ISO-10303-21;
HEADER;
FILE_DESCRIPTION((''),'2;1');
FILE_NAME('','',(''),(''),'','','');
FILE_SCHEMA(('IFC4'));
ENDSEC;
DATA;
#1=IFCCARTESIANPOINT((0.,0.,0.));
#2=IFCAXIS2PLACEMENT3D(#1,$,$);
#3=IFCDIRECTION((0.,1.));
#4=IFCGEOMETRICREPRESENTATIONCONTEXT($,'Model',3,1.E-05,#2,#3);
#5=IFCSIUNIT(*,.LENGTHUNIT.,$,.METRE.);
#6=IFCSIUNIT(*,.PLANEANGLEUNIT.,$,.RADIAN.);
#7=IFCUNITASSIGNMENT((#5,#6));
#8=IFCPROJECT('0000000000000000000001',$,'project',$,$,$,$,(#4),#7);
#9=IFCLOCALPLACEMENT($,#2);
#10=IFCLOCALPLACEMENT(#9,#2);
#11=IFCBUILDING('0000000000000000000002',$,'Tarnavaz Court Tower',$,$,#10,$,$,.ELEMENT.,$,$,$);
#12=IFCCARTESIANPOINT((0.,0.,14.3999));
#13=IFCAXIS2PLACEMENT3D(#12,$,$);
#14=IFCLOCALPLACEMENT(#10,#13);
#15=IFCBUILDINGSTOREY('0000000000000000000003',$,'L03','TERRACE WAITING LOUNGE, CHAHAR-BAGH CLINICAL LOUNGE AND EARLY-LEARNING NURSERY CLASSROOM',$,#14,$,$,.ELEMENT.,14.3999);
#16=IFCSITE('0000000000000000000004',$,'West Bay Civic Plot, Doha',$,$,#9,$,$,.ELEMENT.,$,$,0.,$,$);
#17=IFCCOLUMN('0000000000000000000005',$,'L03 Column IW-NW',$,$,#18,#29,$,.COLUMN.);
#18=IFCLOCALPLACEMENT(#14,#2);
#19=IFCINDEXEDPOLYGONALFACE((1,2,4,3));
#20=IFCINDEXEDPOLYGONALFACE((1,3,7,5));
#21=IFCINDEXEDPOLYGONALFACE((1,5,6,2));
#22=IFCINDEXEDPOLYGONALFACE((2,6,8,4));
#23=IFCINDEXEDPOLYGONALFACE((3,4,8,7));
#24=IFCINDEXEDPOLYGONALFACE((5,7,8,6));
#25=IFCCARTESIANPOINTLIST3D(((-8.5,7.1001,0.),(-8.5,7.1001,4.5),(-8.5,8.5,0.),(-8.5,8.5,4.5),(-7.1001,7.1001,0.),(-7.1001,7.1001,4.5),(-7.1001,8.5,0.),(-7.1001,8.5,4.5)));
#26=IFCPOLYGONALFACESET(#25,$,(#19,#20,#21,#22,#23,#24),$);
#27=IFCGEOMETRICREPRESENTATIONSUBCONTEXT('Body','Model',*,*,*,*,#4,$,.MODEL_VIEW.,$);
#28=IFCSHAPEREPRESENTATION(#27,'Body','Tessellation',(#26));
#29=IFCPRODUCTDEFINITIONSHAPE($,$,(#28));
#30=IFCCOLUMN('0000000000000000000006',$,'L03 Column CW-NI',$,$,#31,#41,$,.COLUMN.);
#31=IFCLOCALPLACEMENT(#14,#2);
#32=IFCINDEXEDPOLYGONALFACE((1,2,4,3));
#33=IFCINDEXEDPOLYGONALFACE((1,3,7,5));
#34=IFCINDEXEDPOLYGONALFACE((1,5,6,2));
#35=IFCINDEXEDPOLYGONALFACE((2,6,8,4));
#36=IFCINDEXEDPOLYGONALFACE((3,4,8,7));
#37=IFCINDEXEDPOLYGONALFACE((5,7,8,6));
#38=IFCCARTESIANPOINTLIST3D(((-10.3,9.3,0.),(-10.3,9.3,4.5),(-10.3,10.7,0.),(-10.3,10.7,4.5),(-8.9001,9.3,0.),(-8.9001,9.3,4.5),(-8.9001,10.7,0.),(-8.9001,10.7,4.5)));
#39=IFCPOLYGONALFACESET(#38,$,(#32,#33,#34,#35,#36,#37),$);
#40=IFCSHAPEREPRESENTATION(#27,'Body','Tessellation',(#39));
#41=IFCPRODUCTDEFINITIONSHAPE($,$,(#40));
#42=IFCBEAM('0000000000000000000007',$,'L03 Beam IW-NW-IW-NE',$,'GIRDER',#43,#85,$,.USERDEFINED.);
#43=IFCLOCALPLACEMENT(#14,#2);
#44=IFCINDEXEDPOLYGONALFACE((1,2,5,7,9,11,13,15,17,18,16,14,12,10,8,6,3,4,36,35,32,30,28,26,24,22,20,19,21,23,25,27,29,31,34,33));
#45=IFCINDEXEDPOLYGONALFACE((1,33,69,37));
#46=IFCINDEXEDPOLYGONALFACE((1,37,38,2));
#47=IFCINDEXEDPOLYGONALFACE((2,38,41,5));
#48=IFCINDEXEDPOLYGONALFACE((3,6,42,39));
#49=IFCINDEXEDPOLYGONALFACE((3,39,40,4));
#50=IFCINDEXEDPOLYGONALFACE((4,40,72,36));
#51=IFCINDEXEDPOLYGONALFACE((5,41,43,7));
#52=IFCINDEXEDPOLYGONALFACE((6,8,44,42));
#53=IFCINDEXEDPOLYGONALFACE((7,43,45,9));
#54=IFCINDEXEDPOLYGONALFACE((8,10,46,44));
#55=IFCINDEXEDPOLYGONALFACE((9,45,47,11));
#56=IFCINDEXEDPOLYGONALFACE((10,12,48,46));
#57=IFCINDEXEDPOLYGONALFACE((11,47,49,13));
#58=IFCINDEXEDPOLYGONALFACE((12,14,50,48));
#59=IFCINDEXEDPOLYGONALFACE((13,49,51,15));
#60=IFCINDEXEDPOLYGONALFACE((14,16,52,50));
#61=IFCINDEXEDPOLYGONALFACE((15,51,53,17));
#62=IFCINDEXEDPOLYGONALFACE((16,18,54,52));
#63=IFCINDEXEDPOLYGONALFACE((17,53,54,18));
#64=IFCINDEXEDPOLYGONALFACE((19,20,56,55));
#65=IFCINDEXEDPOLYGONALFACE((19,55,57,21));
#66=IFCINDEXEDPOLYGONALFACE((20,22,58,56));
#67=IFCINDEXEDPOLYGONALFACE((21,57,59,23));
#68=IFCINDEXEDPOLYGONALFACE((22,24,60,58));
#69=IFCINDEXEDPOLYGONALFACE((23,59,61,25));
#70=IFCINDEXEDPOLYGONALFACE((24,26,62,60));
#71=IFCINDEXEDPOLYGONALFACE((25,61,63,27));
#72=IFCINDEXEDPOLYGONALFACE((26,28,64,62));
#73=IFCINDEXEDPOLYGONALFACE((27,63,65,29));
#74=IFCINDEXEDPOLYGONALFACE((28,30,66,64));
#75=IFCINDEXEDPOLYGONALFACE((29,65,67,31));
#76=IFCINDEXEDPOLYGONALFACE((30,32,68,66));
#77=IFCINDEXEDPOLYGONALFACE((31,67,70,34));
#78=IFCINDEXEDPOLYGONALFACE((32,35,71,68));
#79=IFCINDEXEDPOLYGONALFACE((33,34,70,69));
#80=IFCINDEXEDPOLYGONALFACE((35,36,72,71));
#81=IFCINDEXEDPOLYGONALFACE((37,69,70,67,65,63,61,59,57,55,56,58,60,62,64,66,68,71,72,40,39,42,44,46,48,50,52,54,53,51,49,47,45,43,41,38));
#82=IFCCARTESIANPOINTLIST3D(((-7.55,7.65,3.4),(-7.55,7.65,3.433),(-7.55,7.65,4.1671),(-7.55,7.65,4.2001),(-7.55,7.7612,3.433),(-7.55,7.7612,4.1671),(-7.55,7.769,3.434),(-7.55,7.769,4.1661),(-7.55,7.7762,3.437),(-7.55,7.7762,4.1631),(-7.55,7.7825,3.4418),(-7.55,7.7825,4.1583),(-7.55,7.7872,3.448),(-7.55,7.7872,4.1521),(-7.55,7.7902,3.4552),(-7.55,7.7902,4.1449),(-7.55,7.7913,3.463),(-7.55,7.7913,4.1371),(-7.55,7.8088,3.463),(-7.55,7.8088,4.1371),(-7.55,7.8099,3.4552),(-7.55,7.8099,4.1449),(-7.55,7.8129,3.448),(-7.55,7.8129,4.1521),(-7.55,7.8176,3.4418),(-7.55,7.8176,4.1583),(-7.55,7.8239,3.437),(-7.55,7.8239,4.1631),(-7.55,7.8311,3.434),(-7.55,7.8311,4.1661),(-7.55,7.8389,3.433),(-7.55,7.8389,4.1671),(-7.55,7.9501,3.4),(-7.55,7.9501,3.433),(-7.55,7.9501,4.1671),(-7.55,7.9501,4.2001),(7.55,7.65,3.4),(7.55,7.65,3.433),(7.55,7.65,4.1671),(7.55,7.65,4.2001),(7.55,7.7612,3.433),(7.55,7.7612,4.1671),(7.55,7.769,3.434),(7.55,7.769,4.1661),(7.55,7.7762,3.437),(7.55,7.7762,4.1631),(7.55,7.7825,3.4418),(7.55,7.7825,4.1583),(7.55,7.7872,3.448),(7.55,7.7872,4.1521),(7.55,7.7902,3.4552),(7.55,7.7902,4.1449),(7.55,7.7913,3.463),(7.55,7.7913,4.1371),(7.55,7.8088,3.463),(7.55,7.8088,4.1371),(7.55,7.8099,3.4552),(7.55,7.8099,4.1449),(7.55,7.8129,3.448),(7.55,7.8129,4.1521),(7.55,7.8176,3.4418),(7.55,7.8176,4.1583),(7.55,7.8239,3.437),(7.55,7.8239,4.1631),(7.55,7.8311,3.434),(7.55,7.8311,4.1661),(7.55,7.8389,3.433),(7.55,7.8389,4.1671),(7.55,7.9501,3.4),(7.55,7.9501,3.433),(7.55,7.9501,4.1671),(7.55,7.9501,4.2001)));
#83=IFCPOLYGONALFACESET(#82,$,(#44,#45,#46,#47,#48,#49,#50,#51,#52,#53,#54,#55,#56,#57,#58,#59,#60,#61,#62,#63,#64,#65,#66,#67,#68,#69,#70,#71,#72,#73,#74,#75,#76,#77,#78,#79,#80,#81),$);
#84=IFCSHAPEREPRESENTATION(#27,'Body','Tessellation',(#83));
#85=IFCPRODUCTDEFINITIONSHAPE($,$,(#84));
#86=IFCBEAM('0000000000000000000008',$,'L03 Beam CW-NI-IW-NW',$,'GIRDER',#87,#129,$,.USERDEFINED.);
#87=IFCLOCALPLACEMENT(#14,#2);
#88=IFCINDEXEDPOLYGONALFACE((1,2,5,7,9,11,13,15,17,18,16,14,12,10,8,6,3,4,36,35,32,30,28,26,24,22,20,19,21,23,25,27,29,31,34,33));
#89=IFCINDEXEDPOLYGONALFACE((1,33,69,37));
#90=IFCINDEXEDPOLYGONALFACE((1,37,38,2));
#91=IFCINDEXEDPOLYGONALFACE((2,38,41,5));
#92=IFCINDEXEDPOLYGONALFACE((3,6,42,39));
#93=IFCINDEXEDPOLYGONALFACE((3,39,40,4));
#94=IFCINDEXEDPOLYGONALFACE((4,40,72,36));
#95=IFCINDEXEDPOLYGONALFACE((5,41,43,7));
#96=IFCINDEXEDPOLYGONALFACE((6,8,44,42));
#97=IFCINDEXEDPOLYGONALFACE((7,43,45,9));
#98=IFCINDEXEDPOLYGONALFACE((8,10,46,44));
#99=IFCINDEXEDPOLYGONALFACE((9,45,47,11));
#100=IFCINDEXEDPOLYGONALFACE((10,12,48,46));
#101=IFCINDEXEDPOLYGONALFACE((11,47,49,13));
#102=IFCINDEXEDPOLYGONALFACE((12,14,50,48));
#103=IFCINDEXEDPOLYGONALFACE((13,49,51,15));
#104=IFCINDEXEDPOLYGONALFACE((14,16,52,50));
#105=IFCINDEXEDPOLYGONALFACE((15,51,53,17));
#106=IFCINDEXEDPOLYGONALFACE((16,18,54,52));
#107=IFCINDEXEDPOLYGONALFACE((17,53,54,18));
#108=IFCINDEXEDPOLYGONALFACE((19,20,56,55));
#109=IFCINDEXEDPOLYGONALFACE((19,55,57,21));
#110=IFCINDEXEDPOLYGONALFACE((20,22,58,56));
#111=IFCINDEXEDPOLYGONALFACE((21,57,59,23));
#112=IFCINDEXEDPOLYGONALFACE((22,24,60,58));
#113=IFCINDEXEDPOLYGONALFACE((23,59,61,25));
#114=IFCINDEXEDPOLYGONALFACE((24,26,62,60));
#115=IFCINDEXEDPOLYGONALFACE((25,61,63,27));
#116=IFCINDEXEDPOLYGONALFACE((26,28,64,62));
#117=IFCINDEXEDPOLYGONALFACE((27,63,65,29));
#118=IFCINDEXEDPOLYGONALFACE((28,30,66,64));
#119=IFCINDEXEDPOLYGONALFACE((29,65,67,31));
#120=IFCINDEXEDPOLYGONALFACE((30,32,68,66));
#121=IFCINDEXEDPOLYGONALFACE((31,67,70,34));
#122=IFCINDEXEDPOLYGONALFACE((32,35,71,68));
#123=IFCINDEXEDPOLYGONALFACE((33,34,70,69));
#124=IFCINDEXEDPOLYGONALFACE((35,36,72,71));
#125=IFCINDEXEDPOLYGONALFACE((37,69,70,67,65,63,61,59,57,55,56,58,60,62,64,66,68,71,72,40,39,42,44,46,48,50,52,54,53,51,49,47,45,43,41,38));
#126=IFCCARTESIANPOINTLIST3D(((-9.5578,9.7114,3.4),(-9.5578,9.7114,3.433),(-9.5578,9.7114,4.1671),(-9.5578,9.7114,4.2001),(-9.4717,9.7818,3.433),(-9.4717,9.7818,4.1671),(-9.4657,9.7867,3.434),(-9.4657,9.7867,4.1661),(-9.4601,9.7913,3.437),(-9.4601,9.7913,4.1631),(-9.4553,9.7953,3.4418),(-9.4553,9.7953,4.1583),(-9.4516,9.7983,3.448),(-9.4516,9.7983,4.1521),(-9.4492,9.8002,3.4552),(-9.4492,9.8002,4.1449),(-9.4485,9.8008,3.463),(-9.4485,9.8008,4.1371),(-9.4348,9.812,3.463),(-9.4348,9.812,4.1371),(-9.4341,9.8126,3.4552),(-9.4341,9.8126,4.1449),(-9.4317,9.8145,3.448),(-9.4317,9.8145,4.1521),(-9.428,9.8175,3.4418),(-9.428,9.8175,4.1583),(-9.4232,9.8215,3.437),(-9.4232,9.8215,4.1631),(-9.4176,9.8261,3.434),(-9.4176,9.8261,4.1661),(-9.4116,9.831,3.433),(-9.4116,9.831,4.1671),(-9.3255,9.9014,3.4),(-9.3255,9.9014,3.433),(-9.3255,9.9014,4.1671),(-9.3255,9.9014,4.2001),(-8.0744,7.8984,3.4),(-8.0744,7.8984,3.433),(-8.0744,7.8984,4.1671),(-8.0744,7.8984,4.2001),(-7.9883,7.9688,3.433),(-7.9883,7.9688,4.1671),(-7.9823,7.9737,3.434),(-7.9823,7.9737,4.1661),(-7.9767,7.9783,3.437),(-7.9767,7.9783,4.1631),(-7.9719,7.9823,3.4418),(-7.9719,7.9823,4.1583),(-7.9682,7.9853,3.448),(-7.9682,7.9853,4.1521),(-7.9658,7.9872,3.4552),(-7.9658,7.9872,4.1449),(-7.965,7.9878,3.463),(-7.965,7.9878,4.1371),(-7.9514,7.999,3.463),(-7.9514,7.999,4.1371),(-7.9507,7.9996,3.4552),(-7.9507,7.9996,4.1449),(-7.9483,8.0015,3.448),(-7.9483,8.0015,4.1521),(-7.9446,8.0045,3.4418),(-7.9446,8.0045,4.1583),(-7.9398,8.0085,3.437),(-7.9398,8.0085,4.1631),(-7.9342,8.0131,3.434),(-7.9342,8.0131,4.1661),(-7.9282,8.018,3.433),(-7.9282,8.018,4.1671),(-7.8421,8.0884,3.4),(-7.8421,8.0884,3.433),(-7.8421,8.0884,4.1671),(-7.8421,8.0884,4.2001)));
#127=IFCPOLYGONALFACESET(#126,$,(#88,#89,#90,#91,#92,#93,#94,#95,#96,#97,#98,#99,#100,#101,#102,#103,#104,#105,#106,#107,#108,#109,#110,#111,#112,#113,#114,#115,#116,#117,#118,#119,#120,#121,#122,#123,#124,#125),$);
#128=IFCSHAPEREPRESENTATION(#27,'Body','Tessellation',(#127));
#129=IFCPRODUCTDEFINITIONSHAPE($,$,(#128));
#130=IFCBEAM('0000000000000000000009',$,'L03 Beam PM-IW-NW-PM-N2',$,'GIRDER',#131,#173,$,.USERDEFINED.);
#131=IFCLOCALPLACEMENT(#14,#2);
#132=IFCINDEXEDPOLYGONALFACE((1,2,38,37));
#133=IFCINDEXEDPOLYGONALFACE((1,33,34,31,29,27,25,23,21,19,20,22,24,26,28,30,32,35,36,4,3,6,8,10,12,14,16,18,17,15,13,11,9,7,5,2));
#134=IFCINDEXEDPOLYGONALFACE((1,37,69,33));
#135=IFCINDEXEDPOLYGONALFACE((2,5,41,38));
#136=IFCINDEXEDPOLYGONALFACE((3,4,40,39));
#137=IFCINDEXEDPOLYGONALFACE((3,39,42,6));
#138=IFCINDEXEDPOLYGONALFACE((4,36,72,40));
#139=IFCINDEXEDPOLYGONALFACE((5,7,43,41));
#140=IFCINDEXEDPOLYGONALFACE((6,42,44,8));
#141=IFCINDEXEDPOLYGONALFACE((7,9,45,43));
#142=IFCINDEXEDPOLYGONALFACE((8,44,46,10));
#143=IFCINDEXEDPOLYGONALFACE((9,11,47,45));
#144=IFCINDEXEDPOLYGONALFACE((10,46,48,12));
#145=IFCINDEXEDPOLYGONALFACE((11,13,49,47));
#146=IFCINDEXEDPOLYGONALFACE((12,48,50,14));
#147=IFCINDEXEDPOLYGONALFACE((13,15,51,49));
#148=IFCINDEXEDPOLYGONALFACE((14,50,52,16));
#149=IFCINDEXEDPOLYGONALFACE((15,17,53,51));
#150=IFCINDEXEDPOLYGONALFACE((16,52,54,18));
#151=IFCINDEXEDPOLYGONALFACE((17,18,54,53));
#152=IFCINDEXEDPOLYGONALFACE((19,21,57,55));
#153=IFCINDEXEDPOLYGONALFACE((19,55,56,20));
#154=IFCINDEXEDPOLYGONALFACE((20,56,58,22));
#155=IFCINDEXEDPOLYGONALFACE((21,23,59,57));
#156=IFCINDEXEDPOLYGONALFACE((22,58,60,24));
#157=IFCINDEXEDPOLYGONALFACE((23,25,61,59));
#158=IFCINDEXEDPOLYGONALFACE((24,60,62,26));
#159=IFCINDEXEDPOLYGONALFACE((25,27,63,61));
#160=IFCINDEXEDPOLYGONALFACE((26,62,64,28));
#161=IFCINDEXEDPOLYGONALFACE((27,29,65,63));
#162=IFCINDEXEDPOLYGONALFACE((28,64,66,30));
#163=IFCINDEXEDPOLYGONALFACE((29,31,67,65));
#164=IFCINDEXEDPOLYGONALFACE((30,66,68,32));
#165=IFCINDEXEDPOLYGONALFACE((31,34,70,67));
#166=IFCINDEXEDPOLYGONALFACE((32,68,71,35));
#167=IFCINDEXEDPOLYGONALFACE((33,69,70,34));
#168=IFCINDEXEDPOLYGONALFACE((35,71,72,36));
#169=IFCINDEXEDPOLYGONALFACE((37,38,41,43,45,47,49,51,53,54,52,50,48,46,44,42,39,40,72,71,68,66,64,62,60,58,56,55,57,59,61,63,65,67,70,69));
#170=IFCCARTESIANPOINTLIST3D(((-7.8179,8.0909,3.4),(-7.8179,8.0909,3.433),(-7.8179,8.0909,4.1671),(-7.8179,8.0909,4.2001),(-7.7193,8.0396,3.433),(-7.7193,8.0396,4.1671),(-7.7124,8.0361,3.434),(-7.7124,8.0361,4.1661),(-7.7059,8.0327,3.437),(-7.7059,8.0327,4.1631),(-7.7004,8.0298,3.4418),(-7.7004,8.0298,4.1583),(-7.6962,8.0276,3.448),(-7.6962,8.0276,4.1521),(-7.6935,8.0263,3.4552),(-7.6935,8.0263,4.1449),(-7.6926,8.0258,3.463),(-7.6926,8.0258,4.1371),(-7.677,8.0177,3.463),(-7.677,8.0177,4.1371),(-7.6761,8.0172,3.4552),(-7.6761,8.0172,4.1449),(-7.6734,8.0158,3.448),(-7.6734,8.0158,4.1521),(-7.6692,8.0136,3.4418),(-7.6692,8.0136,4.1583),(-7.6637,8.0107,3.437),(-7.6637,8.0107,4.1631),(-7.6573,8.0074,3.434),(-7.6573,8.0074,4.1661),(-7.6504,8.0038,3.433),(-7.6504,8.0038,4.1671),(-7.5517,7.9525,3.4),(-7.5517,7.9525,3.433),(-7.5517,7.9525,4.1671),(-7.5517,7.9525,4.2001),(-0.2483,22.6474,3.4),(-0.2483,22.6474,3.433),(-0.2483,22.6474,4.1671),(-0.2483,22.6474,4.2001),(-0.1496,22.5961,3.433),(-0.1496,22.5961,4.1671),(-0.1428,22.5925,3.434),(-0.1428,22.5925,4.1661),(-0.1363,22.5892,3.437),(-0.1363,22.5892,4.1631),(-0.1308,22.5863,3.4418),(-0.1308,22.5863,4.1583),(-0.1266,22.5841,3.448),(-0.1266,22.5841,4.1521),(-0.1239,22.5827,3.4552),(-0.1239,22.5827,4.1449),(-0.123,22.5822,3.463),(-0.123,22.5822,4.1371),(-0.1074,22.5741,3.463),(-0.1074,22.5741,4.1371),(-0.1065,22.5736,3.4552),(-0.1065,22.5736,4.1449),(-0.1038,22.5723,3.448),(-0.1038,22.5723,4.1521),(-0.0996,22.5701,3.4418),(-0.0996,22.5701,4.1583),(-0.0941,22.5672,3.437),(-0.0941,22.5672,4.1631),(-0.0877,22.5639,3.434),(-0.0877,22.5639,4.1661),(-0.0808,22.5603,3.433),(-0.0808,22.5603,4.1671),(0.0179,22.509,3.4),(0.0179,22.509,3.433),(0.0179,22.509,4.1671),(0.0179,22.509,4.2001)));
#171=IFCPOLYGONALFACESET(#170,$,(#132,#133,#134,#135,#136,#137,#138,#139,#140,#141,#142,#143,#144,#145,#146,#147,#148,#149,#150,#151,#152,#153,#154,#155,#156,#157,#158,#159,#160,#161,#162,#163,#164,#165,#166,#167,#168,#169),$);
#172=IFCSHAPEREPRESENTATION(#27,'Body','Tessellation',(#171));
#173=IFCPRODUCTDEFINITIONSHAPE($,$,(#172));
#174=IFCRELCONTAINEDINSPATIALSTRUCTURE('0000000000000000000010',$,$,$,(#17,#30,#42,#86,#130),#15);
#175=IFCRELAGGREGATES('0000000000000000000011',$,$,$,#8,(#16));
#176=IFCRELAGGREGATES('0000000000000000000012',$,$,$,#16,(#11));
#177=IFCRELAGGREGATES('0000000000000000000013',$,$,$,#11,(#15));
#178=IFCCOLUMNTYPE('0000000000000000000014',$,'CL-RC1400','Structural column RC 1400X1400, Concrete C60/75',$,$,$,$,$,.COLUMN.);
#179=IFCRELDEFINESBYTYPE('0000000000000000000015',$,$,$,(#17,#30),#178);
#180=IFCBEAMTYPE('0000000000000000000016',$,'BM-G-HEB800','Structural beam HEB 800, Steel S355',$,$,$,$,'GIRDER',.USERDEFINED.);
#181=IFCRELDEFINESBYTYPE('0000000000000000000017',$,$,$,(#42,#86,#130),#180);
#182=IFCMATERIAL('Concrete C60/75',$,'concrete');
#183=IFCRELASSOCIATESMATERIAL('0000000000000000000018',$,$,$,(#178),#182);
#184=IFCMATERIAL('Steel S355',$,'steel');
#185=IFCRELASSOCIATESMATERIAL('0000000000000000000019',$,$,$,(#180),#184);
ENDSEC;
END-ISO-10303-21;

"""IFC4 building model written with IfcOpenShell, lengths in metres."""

from ifc_helpers import new_model, si_unit, direction, frame, origin, origin_2d, place, context, subcontext, project, spatial, rectangle, i_section, extrude, material, material_profile, profile_set, type_object, element, save


model = new_model("IFC4")

# Units and contexts
model_context = context("Model", 3, precision=1e-05, world=origin(), true_north=direction((0.0, 1.0)))
body_context = subcontext(model_context, "Body", "Model", "MODEL_VIEW")
ifc_project = project(units=[si_unit("LENGTHUNIT", "METRE"), si_unit("PLANEANGLEUNIT", "RADIAN")], contexts=[model_context])

# Site, building, storey
site_placement = place(None, origin())
site = spatial("IfcSite", under=ifc_project, at=site_placement, Name="West Bay Civic Plot, Doha", CompositionType="ELEMENT", RefElevation=0.0)
building_placement = place(site_placement, origin())
building = spatial("IfcBuilding", under=site, at=building_placement, Name="Tarnavaz Court Tower", CompositionType="ELEMENT")
storey_placement = place(building_placement, frame((0.0, 0.0, 14.3999)))
storey = spatial("IfcBuildingStorey", under=building, at=storey_placement, Name="L03", Description="TERRACE WAITING LOUNGE, CHAHAR-BAGH CLINICAL LOUNGE AND EARLY-LEARNING NURSERY CLASSROOM", CompositionType="ELEMENT", Elevation=14.3999)

# Columns
ifc_material_1 = material(Name="Concrete C60/75", Category="concrete")
ifc_material_profile_1 = material_profile(ifc_material_1, rectangle(XDim=1.3999, YDim=1.3999, at=origin_2d()), Name="RC 1400X1400")
ifc_profile_set_1 = profile_set([ifc_material_profile_1], Name="Concrete C60/75")
column_type = type_object("IfcColumnType", Name="CL-RC1400", Description="Structural column RC 1400X1400, Concrete C60/75", PredefinedType="COLUMN", material=ifc_profile_set_1)
for number, where, z_axis, x_axis, name in (
    (1, (-7.8, 7.8, 0.0), (0.0, 0.0, 1.0), (1.0, 0.0, 0.0), "L03 Column IW-NW"),
    (2, (-9.6001, 10.0, 0.0), (0.0, 0.0, 1.0), (1.0, 0.0, 0.0), "L03 Column CW-NI"),
):
    element("IfcColumn", number, at=place(storey_placement, frame(where, z_axis=z_axis, x_axis=x_axis)), inside=storey, type_object=column_type, Name=name, PredefinedType="COLUMN", context=body_context, shape_type="SweptSolid", body=[
        extrude(rectangle(XDim=1.3999, YDim=1.3999, at=origin_2d()), origin(), (0.0, 0.0, 1.0), 4.5),
    ])

# Beams
ifc_material_2 = material(Name="Steel S355", Category="steel")
ifc_material_profile_2 = material_profile(ifc_material_2, i_section(OverallWidth=0.3, OverallDepth=0.8, WebThickness=0.0176, FlangeThickness=0.033, FilletRadius=0.03, at=origin_2d()), Name="HEB 800")
ifc_profile_set_2 = profile_set([ifc_material_profile_2], Name="Steel S355")
beam_type = type_object("IfcBeamType", Name="BM-G-HEB800", Description="Structural beam HEB 800, Steel S355", ElementType="GIRDER", PredefinedType="USERDEFINED", material=ifc_profile_set_2)
beam_1_placement = place(storey_placement, frame((-7.55, 7.8, 3.8), z_axis=(1.0, 0.0, 0.0), x_axis=(0.0, 1.0, 0.0)))
element("IfcBeam", 3, at=beam_1_placement, inside=storey, type_object=beam_type, Name="L03 Beam IW-NW-IW-NE", ObjectType="GIRDER", PredefinedType="USERDEFINED", context=body_context, shape_type="SweptSolid", body=[
    extrude(i_section(OverallWidth=0.3, OverallDepth=0.8, WebThickness=0.0176, FlangeThickness=0.033, FilletRadius=0.03, at=origin_2d()), origin(), (0.0, 0.0, 1.0), 15.1001),
])
beam_2_placement = place(storey_placement, frame((-9.4417, 9.8064, 3.8), z_axis=(0.633249, -0.773948, 0.0), x_axis=(0.773948, 0.633249, 0.0)))
element("IfcBeam", 4, at=beam_2_placement, inside=storey, type_object=beam_type, Name="L03 Beam CW-NI-IW-NW", ObjectType="GIRDER", PredefinedType="USERDEFINED", context=body_context, shape_type="SweptSolid", body=[
    extrude(i_section(OverallWidth=0.3, OverallDepth=0.8, WebThickness=0.0176, FlangeThickness=0.033, FilletRadius=0.03, at=origin_2d()), origin(), (0.0, 0.0, 1.0), 2.3425),
])
beam_3_placement = place(storey_placement, frame((-7.6848, 8.0217, 3.8), z_axis=(0.461365, 0.88721, 0.0), x_axis=(-0.88721, 0.461365, 0.0)))
element("IfcBeam", 5, at=beam_3_placement, inside=storey, type_object=beam_type, Name="L03 Beam PM-IW-NW-PM-N2", ObjectType="GIRDER", PredefinedType="USERDEFINED", context=body_context, shape_type="SweptSolid", body=[
    extrude(i_section(OverallWidth=0.3, OverallDepth=0.8, WebThickness=0.0176, FlangeThickness=0.033, FilletRadius=0.03, at=origin_2d()), origin(), (0.0, 0.0, 1.0), 16.407),
])

save(model, "model.ifc")
